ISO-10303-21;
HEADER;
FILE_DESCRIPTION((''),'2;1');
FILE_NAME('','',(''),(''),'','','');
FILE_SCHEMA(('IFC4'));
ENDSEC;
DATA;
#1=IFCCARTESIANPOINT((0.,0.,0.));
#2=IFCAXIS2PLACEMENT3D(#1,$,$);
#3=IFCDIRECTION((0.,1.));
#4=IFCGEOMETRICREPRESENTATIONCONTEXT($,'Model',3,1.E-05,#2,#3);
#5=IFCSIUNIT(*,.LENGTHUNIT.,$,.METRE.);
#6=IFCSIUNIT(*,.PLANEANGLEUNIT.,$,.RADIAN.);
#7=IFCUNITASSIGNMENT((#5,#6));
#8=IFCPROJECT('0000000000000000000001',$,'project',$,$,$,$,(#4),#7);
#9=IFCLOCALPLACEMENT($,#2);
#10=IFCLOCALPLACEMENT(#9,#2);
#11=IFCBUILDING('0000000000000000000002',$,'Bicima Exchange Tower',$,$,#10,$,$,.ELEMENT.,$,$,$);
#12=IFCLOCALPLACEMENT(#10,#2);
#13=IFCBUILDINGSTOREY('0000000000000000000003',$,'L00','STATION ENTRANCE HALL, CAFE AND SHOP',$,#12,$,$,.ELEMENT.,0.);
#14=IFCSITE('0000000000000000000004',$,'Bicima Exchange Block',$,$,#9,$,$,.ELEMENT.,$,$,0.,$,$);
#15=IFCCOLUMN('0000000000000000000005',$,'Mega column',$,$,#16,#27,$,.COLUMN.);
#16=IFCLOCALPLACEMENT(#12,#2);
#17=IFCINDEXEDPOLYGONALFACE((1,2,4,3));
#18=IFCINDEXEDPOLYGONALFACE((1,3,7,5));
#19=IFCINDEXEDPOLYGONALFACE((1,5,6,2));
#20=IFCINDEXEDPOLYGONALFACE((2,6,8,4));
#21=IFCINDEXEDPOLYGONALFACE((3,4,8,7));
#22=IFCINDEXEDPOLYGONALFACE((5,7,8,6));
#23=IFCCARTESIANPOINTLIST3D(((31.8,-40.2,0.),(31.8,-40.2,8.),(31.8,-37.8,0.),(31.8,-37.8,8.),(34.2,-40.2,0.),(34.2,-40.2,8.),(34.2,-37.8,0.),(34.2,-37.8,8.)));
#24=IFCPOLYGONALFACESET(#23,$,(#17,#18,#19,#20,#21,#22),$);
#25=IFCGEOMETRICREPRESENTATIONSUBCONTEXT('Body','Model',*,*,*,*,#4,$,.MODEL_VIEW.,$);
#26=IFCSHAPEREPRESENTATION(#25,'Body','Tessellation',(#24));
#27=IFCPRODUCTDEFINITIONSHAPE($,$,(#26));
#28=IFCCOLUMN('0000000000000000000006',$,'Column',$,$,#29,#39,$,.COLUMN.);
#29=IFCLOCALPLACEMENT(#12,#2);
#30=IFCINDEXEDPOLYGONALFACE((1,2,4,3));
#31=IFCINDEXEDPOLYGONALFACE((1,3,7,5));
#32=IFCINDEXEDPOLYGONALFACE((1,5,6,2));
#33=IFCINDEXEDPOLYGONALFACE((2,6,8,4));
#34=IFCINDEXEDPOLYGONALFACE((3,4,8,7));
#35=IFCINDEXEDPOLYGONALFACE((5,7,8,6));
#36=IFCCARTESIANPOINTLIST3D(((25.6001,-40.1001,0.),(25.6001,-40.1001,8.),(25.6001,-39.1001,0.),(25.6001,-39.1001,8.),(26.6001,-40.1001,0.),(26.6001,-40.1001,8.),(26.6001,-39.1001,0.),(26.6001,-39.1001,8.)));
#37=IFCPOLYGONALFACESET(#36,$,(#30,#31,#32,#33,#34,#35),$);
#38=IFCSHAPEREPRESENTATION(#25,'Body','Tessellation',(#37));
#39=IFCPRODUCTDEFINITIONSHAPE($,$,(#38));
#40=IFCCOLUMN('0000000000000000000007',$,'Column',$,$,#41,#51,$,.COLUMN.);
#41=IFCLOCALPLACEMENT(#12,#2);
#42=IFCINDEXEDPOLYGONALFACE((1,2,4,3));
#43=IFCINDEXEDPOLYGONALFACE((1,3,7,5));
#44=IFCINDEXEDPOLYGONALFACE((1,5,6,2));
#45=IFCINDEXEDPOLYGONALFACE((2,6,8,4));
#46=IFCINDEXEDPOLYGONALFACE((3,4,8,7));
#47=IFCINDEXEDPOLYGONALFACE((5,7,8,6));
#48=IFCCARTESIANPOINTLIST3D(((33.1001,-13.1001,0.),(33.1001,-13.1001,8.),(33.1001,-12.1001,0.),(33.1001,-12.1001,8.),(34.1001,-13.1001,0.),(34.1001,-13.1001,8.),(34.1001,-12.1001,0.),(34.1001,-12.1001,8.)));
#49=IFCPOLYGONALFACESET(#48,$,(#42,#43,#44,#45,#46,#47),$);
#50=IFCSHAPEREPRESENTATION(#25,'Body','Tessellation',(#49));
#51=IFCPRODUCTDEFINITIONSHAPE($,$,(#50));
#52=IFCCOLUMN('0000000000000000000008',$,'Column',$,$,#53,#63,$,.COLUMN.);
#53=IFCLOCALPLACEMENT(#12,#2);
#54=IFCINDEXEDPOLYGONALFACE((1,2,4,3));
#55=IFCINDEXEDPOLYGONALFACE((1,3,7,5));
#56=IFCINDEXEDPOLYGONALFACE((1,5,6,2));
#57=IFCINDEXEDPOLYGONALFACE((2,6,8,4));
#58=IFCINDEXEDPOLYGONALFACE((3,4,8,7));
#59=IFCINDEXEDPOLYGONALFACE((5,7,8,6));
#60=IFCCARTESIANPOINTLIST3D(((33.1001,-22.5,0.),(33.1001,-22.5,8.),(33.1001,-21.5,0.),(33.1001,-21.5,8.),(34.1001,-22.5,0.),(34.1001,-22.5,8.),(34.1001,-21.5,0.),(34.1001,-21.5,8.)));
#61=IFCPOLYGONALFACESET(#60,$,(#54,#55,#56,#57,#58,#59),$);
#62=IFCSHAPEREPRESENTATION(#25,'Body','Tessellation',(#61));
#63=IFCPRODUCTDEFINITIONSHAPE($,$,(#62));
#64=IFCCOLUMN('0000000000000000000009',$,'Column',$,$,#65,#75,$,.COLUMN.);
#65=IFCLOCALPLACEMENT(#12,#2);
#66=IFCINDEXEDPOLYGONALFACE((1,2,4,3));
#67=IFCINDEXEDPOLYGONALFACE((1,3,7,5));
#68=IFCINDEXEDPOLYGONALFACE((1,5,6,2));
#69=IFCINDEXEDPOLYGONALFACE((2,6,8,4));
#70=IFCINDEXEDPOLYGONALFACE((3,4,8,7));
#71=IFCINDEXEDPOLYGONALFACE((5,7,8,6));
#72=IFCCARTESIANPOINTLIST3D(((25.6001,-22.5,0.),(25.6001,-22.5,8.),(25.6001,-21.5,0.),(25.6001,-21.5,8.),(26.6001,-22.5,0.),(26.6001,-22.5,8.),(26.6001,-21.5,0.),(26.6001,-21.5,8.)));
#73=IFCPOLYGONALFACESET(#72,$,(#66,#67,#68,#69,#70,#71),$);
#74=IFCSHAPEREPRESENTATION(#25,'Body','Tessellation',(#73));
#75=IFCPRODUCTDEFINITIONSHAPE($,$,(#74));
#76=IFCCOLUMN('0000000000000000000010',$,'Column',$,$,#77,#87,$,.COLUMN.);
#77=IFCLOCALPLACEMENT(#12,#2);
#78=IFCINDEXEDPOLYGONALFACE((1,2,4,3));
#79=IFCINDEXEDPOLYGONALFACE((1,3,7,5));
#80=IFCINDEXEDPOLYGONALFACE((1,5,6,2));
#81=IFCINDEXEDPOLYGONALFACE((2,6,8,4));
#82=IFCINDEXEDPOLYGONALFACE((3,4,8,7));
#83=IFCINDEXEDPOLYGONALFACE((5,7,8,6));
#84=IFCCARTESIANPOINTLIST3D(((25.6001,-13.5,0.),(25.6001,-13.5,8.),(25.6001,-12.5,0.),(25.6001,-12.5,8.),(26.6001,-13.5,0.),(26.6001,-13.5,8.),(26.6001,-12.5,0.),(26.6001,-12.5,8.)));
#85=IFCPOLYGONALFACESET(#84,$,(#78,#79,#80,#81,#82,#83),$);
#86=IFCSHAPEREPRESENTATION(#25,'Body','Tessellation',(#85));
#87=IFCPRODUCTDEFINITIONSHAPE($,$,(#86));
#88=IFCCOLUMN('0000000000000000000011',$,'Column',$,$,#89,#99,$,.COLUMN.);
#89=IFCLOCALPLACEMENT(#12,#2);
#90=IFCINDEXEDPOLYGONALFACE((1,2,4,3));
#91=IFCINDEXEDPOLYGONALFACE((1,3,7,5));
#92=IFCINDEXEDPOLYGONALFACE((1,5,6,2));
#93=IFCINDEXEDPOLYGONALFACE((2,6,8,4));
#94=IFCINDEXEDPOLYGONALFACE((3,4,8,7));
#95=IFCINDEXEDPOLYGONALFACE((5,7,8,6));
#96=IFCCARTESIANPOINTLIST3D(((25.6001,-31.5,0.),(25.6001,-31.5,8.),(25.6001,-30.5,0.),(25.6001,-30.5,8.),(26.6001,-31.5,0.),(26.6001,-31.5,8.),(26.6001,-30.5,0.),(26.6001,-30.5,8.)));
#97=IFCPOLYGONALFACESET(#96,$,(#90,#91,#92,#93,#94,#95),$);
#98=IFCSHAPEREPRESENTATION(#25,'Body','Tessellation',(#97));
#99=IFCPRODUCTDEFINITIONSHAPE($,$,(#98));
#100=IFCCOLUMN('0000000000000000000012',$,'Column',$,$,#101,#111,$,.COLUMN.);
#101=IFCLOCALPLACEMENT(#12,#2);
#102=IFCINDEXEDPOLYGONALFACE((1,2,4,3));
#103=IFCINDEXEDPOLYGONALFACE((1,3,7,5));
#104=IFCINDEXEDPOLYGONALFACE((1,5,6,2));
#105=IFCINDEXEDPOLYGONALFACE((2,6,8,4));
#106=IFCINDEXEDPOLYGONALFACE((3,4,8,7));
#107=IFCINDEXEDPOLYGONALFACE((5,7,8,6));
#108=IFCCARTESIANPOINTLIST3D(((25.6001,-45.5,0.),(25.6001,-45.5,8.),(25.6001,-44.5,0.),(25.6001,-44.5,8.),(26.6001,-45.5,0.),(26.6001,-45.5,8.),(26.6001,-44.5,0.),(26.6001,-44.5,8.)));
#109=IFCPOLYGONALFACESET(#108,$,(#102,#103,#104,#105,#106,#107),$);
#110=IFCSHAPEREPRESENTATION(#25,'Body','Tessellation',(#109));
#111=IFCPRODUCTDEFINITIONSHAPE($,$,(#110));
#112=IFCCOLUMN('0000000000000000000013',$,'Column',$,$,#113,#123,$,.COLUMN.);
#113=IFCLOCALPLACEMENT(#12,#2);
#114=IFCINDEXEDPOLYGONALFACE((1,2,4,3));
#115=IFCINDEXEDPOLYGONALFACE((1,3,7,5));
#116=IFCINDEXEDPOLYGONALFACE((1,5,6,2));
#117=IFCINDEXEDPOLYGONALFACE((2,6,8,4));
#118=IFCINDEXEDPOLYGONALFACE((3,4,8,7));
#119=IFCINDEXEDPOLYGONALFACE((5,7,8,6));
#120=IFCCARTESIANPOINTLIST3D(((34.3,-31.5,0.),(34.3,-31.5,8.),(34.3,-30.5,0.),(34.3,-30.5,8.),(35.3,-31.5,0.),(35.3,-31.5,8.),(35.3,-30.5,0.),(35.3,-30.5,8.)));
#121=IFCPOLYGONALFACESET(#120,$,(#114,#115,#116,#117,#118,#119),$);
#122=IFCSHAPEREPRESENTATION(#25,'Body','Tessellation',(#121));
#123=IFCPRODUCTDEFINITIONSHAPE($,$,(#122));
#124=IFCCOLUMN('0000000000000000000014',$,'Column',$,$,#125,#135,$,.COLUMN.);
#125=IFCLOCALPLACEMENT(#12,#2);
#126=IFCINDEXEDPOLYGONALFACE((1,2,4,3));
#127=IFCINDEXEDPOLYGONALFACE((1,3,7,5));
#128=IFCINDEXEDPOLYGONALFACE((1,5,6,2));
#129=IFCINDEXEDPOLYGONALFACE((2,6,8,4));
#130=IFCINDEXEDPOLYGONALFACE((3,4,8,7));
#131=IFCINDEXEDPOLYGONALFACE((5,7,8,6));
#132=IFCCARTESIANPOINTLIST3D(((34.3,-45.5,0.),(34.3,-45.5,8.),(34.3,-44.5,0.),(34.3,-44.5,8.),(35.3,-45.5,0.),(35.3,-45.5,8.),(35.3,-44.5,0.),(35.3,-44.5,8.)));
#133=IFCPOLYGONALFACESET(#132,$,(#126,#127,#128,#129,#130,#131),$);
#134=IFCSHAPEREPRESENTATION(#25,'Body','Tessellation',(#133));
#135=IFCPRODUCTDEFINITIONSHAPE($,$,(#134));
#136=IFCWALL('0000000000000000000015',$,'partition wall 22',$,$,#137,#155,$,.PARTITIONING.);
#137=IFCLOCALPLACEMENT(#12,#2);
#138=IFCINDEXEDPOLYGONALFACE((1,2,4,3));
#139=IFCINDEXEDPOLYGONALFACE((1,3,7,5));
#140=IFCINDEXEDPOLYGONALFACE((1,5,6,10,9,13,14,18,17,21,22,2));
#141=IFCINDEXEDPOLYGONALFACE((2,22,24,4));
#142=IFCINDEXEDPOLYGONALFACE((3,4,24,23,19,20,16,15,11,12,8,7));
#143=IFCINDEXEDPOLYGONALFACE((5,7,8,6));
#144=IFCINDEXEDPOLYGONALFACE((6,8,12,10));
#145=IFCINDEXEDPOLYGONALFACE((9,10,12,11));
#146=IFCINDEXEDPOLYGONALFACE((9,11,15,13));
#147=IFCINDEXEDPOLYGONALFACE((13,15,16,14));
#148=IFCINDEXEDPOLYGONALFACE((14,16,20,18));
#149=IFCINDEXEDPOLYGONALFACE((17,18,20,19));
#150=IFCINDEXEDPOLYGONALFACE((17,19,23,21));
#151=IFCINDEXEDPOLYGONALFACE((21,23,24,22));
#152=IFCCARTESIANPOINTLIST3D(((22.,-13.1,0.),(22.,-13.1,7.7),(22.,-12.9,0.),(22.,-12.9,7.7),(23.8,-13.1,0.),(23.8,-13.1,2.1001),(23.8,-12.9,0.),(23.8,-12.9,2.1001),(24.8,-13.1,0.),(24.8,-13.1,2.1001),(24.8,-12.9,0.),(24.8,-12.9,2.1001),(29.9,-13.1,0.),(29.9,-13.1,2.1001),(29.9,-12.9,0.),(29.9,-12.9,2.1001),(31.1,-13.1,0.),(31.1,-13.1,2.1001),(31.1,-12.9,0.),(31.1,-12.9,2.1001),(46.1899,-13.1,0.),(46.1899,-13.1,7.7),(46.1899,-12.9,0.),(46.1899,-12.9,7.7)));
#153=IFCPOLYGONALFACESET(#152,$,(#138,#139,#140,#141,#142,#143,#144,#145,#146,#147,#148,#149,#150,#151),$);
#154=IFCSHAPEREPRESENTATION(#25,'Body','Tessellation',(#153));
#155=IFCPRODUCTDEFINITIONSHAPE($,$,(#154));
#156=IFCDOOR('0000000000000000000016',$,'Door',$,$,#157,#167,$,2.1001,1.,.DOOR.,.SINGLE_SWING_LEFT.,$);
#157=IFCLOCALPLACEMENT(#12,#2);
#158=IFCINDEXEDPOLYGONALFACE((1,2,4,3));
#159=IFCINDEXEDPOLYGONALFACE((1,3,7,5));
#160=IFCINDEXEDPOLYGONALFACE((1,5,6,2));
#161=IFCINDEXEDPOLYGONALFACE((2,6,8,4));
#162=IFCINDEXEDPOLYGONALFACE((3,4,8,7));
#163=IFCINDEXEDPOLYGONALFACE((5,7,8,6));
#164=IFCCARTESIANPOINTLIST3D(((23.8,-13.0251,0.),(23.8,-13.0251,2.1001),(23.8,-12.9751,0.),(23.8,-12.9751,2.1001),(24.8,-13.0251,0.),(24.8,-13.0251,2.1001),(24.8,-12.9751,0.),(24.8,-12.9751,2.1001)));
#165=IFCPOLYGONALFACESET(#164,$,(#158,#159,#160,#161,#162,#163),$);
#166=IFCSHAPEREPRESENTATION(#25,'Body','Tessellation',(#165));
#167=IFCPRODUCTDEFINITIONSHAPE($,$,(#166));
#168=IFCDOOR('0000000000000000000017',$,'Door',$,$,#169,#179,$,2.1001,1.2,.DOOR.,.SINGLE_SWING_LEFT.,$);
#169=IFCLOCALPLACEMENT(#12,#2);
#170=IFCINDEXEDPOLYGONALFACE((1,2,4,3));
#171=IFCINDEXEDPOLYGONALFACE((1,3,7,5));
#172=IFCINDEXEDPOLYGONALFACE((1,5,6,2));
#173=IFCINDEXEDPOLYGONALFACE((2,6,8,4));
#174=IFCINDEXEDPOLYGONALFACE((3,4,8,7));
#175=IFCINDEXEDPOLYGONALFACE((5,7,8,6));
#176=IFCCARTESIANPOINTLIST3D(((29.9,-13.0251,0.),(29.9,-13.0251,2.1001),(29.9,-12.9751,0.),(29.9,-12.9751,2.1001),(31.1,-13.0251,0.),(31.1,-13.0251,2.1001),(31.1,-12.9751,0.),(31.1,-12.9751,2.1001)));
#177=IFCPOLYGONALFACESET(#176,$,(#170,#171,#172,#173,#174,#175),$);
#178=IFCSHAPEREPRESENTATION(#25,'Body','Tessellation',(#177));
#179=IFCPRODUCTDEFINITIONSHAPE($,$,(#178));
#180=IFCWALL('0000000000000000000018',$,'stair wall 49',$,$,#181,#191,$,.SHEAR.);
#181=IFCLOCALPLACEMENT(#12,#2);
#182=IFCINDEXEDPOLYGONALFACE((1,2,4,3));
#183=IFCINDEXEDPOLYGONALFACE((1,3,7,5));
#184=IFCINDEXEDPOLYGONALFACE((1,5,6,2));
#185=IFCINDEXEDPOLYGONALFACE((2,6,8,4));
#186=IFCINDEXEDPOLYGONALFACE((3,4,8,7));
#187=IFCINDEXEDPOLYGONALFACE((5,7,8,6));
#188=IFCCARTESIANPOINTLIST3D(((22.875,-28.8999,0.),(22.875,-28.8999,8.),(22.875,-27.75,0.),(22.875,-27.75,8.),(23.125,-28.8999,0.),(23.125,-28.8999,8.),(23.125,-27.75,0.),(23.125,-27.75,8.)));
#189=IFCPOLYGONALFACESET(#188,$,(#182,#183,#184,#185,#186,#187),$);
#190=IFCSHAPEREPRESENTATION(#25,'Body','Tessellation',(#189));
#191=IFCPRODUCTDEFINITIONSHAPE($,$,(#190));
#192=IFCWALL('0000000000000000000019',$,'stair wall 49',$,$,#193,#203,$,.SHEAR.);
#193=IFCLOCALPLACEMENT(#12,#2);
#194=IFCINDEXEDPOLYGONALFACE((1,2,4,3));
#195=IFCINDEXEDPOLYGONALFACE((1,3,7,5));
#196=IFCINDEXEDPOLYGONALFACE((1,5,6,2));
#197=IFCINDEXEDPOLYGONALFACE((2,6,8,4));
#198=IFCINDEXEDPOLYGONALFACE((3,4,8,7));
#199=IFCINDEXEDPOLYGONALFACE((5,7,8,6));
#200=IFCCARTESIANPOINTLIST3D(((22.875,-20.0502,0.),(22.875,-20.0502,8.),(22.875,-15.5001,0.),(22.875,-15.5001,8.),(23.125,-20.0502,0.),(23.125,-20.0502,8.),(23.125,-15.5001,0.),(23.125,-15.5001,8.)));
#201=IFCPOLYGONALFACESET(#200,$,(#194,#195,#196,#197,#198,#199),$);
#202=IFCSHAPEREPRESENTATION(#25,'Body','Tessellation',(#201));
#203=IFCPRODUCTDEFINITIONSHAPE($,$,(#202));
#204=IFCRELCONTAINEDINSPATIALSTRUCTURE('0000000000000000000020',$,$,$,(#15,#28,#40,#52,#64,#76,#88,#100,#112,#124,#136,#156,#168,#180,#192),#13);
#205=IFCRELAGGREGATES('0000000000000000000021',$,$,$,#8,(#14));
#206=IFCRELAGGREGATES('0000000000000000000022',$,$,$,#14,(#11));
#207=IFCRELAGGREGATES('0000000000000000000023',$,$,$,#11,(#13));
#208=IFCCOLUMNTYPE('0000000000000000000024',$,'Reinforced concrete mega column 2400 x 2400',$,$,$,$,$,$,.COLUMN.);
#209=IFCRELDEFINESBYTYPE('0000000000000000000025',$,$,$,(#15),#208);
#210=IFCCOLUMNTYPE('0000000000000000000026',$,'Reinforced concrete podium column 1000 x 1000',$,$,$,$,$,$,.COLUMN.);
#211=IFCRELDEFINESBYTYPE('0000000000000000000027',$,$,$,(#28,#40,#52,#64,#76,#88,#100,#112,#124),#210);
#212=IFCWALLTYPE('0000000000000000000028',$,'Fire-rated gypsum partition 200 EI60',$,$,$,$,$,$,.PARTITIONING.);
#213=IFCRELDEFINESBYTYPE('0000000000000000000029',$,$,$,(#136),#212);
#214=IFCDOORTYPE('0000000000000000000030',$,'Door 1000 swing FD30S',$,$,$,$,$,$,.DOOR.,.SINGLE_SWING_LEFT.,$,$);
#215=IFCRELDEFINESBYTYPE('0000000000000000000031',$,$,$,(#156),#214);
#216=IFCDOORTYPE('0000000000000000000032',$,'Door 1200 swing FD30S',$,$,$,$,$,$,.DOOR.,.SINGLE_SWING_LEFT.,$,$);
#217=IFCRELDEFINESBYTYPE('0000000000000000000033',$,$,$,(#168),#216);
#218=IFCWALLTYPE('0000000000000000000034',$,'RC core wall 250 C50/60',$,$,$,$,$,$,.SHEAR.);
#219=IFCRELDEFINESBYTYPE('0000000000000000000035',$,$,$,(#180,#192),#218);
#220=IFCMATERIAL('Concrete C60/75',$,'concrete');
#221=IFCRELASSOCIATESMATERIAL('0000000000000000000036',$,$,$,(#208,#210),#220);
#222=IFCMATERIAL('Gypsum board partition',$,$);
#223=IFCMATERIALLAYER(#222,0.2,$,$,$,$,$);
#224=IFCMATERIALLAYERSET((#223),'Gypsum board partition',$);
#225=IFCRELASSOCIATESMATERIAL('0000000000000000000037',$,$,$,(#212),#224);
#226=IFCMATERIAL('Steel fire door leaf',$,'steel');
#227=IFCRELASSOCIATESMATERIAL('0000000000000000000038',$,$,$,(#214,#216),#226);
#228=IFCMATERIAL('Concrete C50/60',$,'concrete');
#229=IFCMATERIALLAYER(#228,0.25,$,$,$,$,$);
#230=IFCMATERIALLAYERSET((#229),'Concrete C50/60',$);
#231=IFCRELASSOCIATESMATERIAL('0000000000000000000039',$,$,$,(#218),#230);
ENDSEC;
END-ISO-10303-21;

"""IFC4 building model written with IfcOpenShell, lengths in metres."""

from ifc_helpers import new_model, si_unit, direction, frame, frame_2d, origin, origin_2d, place, context, subcontext, project, spatial, rectangle, extrude, material, layer, layer_set, material_profile, profile_set, type_object, element, fill, save


model = new_model("IFC4")

# Units and contexts
model_context = context("Model", 3, precision=1e-05, world=origin(), true_north=direction((0.0, 1.0)))
body_context = subcontext(model_context, "Body", "Model", "MODEL_VIEW")
ifc_project = project(units=[si_unit("LENGTHUNIT", "METRE"), si_unit("PLANEANGLEUNIT", "RADIAN")], contexts=[model_context])

# Site, building, storey
site_placement = place(None, origin())
site = spatial("IfcSite", under=ifc_project, at=site_placement, Name="Bicima Exchange Block", CompositionType="ELEMENT", RefElevation=0.0)
building_placement = place(site_placement, origin())
building = spatial("IfcBuilding", under=site, at=building_placement, Name="Bicima Exchange Tower", CompositionType="ELEMENT")
storey_placement = place(building_placement, origin())
storey = spatial("IfcBuildingStorey", under=building, at=storey_placement, Name="L00", Description="STATION ENTRANCE HALL, CAFE AND SHOP", CompositionType="ELEMENT", Elevation=0.0)

# Columns
ifc_material_1 = material(Name="Concrete C60/75", Category="concrete")
ifc_material_profile_1 = material_profile(ifc_material_1, rectangle(XDim=2.3999, YDim=2.3999, at=origin_2d()))
ifc_profile_set_1 = profile_set([ifc_material_profile_1], Name="Concrete C60/75")
column_type_1 = type_object("IfcColumnType", Name="Reinforced concrete mega column 2400 x 2400", PredefinedType="COLUMN", material=ifc_profile_set_1)
column_placement = place(storey_placement, frame((33.0, -39.0, 0.0), z_axis=(0.0, 0.0, 1.0), x_axis=(1.0, 0.0, 0.0)))
element("IfcColumn", 1, at=column_placement, inside=storey, type_object=column_type_1, Name="Mega column", PredefinedType="COLUMN", context=body_context, shape_type="SweptSolid", body=[
    extrude(rectangle(XDim=2.3999, YDim=2.3999, at=origin_2d()), origin(), (0.0, 0.0, 1.0), 8.0),
])
ifc_material_profile_2 = material_profile(ifc_material_1, rectangle(XDim=1.0, YDim=1.0, at=origin_2d()))
ifc_profile_set_2 = profile_set([ifc_material_profile_2], Name="Concrete C60/75")
column_type_2 = type_object("IfcColumnType", Name="Reinforced concrete podium column 1000 x 1000", PredefinedType="COLUMN", material=ifc_profile_set_2)
for number, where, z_axis, x_axis, name in (
    (2, (26.1001, -39.6001, 0.0), (0.0, 0.0, 1.0), (1.0, 0.0, 0.0), "Column"),
    (3, (33.6001, -12.6001, 0.0), (0.0, 0.0, 1.0), (1.0, 0.0, 0.0), "Column"),
    (4, (33.6001, -22.0, 0.0), (0.0, 0.0, 1.0), (1.0, 0.0, 0.0), "Column"),
    (5, (26.1001, -22.0, 0.0), (0.0, 0.0, 1.0), (1.0, 0.0, 0.0), "Column"),
    (6, (26.1001, -13.0, 0.0), (0.0, 0.0, 1.0), (1.0, 0.0, 0.0), "Column"),
    (7, (26.1001, -31.0, 0.0), (0.0, 0.0, 1.0), (1.0, 0.0, 0.0), "Column"),
    (8, (26.1001, -45.0, 0.0), (0.0, 0.0, 1.0), (1.0, 0.0, 0.0), "Column"),
    (9, (34.8, -31.0, 0.0), (0.0, 0.0, 1.0), (1.0, 0.0, 0.0), "Column"),
    (10, (34.8, -45.0, 0.0), (0.0, 0.0, 1.0), (1.0, 0.0, 0.0), "Column"),
):
    element("IfcColumn", number, at=place(storey_placement, frame(where, z_axis=z_axis, x_axis=x_axis)), inside=storey, type_object=column_type_2, Name=name, PredefinedType="COLUMN", context=body_context, shape_type="SweptSolid", body=[
        extrude(rectangle(XDim=1.0, YDim=1.0, at=origin_2d()), origin(), (0.0, 0.0, 1.0), 8.0),
    ])

# Wall, openings, doors
ifc_material_2 = material(Name="Gypsum board partition")
ifc_layer_1 = layer(ifc_material_2, 0.2)
ifc_layer_set_1 = layer_set([ifc_layer_1], Name="Gypsum board partition")
wall_type_1 = type_object("IfcWallType", Name="Fire-rated gypsum partition 200 EI60", PredefinedType="PARTITIONING", material=ifc_layer_set_1)
wall_1_placement = place(storey_placement, frame((22.0, -13.0, 0.0), z_axis=(0.0, 0.0, 1.0), x_axis=(1.0, 0.0, 0.0)))
wall_1 = element("IfcWall", 11, at=wall_1_placement, inside=storey, type_object=wall_type_1, Name="partition wall 22", PredefinedType="PARTITIONING", context=body_context, shape_type="SweptSolid", body=[
    extrude(rectangle(XDim=24.1899, YDim=0.2, at=frame_2d((12.095, 0.0))), origin(), (0.0, 0.0, 1.0), 7.7),
])
opening_1_placement = place(wall_1_placement, frame((7.8999, 0.0, 0.0)))
opening_1 = element("IfcOpeningElement", 12, at=opening_1_placement, cuts=wall_1, PredefinedType="OPENING", context=body_context, shape_type="SweptSolid", body=[
    extrude(rectangle(XDim=1.2, YDim=2.1001, at=frame_2d((0.6001, 1.05))), frame((0.0, 0.1118, 0.0), z_axis=(0.0, -1.0, 0.0), x_axis=(1.0, 0.0, 0.0)), (0.0, 0.0, 1.0), 0.2239),
])
opening_2_placement = place(wall_1_placement, frame((1.8, 0.0, 0.0)))
opening_2 = element("IfcOpeningElement", 13, at=opening_2_placement, cuts=wall_1, PredefinedType="OPENING", context=body_context, shape_type="SweptSolid", body=[
    extrude(rectangle(XDim=1.0, YDim=2.1001, at=frame_2d((0.5, 1.05))), frame((0.0, 0.1118, 0.0), z_axis=(0.0, -1.0, 0.0), x_axis=(1.0, 0.0, 0.0)), (0.0, 0.0, 1.0), 0.2239),
])
ifc_material_3 = material(Name="Steel fire door leaf", Category="steel")
door_type_1 = type_object("IfcDoorType", Name="Door 1000 swing FD30S", OperationType="SINGLE_SWING_LEFT", PredefinedType="DOOR", material=ifc_material_3)
door_1_placement = place(opening_2_placement, origin())
door_1 = element("IfcDoor", 14, at=door_1_placement, inside=storey, type_object=door_type_1, Name="Door", OperationType="SINGLE_SWING_LEFT", OverallHeight=2.1001, OverallWidth=1.0, PredefinedType="DOOR", context=body_context, shape_type="SweptSolid", body=[
    extrude(rectangle(XDim=1.0, YDim=2.1001, at=frame_2d((0.5, 1.05))), frame((0.0, 0.0249, 0.0), z_axis=(0.0, -1.0, 0.0), x_axis=(1.0, 0.0, 0.0)), (0.0, 0.0, 1.0), 0.05),
])
fill(opening_2, door_1)
door_type_2 = type_object("IfcDoorType", Name="Door 1200 swing FD30S", OperationType="SINGLE_SWING_LEFT", PredefinedType="DOOR", material=ifc_material_3)
door_2_placement = place(opening_1_placement, origin())
door_2 = element("IfcDoor", 15, at=door_2_placement, inside=storey, type_object=door_type_2, Name="Door", OperationType="SINGLE_SWING_LEFT", OverallHeight=2.1001, OverallWidth=1.2, PredefinedType="DOOR", context=body_context, shape_type="SweptSolid", body=[
    extrude(rectangle(XDim=1.2, YDim=2.1001, at=frame_2d((0.6001, 1.05))), frame((0.0, 0.0249, 0.0), z_axis=(0.0, -1.0, 0.0), x_axis=(1.0, 0.0, 0.0)), (0.0, 0.0, 1.0), 0.05),
])
fill(opening_1, door_2)

# Walls
ifc_material_4 = material(Name="Concrete C50/60", Category="concrete")
ifc_layer_2 = layer(ifc_material_4, 0.25)
ifc_layer_set_2 = layer_set([ifc_layer_2], Name="Concrete C50/60")
wall_type_2 = type_object("IfcWallType", Name="RC core wall 250 C50/60", PredefinedType="SHEAR", material=ifc_layer_set_2)
wall_2_placement = place(storey_placement, frame((23.0, -28.8999, 0.0), z_axis=(0.0, 0.0, 1.0), x_axis=(0.0, 1.0, 0.0)))
element("IfcWall", 16, at=wall_2_placement, inside=storey, type_object=wall_type_2, Name="stair wall 49", PredefinedType="SHEAR", context=body_context, shape_type="SweptSolid", body=[
    extrude(rectangle(XDim=1.1499, YDim=0.25, at=frame_2d((0.575, 0.0))), origin(), (0.0, 0.0, 1.0), 8.0),
])
wall_3_placement = place(storey_placement, frame((23.0, -20.05, 0.0), z_axis=(0.0, 0.0, 1.0), x_axis=(0.0, 1.0, 0.0)))
element("IfcWall", 17, at=wall_3_placement, inside=storey, type_object=wall_type_2, Name="stair wall 49", PredefinedType="SHEAR", context=body_context, shape_type="SweptSolid", body=[
    extrude(rectangle(XDim=4.55, YDim=0.25, at=frame_2d((2.2749, 0.0))), origin(), (0.0, 0.0, 1.0), 8.0),
])

save(model, "model.ifc")
